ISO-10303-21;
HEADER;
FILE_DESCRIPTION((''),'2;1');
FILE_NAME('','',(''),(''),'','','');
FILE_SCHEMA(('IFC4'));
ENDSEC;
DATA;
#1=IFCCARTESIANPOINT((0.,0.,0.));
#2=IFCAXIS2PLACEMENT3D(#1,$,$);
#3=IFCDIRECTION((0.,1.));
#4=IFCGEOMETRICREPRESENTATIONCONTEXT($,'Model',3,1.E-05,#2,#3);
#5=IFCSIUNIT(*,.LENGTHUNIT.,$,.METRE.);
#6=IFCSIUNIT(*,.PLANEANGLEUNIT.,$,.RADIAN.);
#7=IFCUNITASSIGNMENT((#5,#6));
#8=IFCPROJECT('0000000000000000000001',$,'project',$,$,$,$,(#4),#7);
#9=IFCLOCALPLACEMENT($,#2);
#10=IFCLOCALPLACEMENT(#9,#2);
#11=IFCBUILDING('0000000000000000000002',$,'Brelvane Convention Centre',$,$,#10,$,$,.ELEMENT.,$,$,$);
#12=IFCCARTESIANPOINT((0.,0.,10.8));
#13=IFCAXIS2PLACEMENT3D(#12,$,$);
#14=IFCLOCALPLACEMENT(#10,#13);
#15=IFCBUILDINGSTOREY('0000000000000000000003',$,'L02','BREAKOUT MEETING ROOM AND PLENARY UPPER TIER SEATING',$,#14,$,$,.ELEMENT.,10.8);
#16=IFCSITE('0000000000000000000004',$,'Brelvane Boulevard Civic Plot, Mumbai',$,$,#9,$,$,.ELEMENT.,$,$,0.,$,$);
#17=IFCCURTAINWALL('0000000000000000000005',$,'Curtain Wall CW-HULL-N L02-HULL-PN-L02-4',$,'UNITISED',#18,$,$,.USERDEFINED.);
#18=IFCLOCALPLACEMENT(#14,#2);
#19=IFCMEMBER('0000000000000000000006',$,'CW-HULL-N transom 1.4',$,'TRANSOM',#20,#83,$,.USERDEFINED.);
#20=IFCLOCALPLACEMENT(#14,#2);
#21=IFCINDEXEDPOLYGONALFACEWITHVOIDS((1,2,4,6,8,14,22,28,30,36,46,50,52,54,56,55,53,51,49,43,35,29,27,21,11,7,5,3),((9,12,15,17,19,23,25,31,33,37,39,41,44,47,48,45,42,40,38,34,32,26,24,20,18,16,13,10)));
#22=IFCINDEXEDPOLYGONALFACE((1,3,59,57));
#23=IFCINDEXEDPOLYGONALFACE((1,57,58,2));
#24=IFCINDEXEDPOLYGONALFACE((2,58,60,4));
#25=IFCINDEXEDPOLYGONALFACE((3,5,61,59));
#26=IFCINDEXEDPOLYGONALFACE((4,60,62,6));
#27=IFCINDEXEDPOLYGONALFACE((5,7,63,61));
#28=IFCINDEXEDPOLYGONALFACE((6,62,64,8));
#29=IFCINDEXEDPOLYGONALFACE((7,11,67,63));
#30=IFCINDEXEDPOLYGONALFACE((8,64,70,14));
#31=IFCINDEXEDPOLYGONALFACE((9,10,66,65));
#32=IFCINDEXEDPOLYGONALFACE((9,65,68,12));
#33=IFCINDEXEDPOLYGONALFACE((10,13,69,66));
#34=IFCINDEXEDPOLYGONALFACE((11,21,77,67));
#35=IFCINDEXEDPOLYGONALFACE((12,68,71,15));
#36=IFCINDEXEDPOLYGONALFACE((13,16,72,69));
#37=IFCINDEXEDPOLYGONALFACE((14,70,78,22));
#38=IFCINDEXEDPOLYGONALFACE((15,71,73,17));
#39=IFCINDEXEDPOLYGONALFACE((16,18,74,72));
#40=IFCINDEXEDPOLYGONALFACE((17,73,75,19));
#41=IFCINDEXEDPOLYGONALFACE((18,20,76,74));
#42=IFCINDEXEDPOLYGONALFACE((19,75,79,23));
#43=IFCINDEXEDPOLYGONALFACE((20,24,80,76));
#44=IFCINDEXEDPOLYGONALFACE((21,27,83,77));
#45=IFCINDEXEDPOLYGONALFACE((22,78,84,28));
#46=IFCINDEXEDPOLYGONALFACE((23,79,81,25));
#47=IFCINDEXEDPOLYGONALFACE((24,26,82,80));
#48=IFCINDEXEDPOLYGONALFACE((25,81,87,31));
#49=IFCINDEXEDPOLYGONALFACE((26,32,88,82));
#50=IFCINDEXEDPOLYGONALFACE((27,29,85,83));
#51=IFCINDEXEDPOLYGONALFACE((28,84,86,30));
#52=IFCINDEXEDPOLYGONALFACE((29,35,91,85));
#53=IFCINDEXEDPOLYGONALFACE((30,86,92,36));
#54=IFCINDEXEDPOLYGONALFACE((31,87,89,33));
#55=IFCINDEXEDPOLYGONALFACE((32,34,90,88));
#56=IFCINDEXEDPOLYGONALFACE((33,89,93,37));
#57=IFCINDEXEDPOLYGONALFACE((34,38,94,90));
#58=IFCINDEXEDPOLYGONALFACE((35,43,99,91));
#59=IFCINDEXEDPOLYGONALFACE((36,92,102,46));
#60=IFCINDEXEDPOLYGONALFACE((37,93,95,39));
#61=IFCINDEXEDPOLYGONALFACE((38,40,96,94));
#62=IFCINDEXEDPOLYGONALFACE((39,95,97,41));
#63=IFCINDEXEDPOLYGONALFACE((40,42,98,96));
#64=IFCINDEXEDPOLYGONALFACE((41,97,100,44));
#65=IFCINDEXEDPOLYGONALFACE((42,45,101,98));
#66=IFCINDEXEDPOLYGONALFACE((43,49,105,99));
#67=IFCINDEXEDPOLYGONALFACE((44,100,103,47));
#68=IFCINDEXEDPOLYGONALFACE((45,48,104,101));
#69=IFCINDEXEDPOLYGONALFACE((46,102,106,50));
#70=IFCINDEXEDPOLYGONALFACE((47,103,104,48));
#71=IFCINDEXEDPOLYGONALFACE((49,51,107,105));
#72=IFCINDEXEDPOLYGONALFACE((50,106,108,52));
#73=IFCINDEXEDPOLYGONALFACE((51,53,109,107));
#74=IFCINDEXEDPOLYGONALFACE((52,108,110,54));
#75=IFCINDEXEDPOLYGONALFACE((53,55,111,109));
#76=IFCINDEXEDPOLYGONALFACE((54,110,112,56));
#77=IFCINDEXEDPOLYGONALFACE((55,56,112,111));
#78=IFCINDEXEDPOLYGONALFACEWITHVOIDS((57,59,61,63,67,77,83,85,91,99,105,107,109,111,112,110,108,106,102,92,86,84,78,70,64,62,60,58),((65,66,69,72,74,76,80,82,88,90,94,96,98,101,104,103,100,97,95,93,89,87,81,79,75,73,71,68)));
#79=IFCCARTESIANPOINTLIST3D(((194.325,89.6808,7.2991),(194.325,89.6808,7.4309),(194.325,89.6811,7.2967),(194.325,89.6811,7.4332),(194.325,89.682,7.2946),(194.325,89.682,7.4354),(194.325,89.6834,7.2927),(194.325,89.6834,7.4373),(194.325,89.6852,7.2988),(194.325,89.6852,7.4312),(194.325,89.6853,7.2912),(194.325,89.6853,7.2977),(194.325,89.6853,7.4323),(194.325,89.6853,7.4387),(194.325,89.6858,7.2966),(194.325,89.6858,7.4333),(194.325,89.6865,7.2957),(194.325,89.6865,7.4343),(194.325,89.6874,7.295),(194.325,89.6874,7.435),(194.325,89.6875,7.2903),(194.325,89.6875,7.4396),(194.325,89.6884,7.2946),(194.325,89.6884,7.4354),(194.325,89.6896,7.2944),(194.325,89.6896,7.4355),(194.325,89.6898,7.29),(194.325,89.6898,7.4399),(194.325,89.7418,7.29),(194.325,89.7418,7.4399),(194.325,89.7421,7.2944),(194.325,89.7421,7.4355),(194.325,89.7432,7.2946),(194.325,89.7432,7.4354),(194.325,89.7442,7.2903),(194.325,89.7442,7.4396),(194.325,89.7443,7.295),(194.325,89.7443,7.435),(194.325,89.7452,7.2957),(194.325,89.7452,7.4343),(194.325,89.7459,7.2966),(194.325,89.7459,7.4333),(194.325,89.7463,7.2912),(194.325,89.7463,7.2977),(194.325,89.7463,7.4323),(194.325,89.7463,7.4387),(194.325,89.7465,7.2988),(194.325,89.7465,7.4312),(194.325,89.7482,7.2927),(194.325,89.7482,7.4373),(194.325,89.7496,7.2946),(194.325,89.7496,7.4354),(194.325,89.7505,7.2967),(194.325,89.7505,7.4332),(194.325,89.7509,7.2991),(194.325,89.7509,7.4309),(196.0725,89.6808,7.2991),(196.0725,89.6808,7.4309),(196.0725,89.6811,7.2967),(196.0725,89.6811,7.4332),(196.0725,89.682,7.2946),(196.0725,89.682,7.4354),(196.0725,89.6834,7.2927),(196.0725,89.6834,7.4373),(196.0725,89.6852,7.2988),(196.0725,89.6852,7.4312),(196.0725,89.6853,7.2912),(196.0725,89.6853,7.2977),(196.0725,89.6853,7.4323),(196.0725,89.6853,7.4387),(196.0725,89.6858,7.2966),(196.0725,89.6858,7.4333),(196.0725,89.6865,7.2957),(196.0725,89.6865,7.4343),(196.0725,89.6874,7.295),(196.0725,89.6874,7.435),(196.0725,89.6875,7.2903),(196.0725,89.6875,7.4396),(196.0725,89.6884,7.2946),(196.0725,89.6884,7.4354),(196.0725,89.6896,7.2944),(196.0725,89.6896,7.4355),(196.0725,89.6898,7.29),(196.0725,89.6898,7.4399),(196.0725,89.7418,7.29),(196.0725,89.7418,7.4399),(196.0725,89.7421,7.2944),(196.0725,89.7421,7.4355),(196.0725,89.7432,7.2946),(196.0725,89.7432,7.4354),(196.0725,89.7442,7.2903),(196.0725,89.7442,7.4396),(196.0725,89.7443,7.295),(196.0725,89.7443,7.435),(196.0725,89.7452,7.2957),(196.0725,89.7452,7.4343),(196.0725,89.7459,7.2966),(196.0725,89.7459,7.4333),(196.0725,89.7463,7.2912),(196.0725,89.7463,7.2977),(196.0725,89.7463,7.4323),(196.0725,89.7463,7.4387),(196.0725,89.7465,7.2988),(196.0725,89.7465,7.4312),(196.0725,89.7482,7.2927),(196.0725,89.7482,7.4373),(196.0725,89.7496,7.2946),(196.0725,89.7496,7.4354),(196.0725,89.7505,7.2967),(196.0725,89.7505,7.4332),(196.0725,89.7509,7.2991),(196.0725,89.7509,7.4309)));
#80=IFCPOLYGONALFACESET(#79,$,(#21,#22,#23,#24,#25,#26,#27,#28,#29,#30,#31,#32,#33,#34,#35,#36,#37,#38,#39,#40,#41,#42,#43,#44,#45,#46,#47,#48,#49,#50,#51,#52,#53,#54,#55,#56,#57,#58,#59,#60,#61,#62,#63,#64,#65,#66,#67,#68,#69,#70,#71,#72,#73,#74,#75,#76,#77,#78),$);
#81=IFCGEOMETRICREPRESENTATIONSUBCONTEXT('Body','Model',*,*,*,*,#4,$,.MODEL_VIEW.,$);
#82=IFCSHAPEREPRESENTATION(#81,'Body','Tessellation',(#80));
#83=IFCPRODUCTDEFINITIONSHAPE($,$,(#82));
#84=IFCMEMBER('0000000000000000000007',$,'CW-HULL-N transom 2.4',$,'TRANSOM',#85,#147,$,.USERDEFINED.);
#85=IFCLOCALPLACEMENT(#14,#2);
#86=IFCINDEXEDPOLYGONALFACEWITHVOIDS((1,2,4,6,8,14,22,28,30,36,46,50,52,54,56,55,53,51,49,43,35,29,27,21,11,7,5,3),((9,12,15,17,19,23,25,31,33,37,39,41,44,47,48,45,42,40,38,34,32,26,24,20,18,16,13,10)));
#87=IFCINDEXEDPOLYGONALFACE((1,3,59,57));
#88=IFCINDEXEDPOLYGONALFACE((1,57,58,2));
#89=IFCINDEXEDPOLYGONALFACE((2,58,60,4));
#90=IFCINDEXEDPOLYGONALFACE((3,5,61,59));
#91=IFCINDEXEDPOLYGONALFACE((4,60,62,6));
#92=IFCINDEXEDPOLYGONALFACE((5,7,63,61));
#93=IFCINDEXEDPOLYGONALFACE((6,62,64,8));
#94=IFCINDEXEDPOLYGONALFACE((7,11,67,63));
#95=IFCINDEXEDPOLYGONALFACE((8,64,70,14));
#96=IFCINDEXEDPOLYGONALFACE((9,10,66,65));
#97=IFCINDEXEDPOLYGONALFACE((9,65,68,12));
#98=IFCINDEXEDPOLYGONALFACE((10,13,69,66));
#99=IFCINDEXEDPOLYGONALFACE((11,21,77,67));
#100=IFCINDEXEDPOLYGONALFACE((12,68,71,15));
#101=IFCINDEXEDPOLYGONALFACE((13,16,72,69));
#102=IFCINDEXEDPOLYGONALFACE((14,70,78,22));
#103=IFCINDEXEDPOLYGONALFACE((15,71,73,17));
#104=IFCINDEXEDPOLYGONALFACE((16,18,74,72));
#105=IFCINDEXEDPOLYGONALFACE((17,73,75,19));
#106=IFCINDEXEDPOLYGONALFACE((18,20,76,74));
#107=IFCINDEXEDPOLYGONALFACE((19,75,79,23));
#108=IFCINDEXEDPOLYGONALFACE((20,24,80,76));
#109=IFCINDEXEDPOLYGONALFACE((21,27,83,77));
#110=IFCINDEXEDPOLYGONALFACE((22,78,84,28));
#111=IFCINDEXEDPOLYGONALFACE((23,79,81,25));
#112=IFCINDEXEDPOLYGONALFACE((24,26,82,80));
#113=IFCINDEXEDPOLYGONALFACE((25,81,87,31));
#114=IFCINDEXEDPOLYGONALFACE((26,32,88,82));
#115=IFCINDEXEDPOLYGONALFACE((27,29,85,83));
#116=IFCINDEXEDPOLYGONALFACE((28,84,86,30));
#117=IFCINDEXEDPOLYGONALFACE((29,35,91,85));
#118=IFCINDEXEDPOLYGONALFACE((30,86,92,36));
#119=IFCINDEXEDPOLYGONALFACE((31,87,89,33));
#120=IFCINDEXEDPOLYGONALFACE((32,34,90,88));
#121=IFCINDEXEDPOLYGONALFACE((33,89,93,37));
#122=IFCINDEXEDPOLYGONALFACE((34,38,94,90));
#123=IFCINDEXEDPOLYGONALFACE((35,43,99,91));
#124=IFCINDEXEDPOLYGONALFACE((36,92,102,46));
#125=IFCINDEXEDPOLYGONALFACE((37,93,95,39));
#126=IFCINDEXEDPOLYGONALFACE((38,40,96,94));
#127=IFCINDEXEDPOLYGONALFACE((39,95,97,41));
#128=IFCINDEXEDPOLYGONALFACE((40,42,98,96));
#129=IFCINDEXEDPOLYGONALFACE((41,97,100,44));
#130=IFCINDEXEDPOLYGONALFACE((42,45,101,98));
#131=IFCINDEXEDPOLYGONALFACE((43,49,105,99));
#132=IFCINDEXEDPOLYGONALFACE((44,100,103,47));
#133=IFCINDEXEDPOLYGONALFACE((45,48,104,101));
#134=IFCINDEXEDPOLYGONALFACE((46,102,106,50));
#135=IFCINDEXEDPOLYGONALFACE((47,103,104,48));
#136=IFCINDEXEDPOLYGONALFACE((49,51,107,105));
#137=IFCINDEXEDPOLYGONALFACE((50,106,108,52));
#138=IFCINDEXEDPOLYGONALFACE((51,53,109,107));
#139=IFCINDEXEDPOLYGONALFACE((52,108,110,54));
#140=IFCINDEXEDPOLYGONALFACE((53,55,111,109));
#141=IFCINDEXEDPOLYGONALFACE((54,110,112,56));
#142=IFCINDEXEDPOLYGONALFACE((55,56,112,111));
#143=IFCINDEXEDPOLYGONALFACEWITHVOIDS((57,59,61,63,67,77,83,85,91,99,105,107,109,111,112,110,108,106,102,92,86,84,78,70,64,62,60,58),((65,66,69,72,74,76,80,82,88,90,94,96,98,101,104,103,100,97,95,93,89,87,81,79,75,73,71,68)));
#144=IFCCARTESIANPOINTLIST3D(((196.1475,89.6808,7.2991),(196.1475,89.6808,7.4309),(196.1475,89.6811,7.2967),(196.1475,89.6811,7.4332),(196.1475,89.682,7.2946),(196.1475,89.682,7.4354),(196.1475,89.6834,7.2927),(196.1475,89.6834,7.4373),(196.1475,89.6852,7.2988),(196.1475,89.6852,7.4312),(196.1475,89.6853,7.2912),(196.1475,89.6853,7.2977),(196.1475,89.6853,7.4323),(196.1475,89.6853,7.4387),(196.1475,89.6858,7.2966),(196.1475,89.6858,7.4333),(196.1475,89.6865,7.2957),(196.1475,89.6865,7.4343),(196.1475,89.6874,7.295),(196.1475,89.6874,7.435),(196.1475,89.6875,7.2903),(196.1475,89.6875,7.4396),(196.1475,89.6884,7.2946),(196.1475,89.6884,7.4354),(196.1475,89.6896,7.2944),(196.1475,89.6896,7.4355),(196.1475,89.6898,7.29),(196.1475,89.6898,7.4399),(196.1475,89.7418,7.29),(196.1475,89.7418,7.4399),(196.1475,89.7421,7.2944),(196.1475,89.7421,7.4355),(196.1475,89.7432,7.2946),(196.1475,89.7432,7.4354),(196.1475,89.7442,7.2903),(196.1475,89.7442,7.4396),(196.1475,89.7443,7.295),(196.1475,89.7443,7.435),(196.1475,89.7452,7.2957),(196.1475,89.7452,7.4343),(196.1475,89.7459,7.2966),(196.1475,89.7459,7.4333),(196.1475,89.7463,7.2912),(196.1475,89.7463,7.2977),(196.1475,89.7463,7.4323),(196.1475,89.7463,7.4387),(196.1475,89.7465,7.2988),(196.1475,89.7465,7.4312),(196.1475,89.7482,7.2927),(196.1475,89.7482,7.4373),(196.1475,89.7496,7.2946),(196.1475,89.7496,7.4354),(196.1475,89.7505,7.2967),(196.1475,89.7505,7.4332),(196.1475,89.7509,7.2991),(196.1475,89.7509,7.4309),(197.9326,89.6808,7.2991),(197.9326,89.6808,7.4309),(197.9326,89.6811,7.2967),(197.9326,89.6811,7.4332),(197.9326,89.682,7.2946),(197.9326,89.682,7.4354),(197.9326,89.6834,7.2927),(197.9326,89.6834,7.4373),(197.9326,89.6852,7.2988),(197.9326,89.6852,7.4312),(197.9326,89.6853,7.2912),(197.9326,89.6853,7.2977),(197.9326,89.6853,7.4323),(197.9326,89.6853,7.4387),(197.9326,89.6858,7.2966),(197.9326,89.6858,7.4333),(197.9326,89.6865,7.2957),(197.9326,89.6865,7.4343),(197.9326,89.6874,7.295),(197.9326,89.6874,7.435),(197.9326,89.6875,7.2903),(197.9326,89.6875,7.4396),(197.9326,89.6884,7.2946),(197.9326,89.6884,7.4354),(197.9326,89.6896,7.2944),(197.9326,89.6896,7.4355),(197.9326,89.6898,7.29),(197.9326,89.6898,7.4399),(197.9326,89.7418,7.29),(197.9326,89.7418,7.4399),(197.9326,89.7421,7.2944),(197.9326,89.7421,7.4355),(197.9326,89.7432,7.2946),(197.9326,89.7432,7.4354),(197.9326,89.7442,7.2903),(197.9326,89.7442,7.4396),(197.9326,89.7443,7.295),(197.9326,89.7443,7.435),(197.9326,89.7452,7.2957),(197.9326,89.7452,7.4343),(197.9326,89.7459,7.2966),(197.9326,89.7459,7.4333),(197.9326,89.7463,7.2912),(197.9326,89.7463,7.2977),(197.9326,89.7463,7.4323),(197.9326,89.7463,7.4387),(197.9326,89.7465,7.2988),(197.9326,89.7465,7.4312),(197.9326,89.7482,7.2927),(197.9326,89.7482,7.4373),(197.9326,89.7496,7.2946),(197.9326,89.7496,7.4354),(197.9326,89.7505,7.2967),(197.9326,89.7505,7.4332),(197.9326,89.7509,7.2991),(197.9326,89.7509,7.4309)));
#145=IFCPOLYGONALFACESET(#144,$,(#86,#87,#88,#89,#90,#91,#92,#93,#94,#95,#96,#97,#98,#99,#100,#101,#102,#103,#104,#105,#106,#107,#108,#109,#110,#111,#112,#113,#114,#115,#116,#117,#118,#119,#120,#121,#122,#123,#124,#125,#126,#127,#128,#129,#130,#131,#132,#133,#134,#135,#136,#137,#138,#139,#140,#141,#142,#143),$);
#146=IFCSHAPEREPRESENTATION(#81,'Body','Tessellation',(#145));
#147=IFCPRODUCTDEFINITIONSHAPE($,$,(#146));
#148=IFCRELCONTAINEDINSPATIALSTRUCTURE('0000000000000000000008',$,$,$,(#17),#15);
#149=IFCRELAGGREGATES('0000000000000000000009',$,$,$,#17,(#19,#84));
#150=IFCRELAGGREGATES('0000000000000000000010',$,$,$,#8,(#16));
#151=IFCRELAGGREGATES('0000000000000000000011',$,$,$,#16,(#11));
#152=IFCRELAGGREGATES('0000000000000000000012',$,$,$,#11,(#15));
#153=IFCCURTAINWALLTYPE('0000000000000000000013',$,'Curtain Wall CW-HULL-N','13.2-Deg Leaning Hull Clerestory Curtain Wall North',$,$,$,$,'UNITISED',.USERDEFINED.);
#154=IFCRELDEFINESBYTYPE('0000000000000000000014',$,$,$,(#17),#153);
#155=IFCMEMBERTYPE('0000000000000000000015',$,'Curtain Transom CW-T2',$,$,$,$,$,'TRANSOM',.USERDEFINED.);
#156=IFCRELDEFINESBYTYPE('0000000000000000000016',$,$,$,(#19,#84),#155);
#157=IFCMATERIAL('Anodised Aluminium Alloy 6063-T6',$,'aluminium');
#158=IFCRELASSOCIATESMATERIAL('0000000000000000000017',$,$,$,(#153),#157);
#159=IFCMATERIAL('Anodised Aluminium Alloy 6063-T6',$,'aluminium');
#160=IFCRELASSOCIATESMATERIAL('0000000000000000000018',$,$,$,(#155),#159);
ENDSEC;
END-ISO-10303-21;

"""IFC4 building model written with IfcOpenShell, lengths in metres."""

from ifc_helpers import new_model, si_unit, direction, frame, origin, origin_2d, place, context, subcontext, project, spatial, hollow_rectangle, extrude, material, material_profile, profile_set, type_object, element, aggregate, save


model = new_model("IFC4")

# Units and contexts
model_context = context("Model", 3, precision=1e-05, world=origin(), true_north=direction((0.0, 1.0)))
body_context = subcontext(model_context, "Body", "Model", "MODEL_VIEW")
ifc_project = project(units=[si_unit("LENGTHUNIT", "METRE"), si_unit("PLANEANGLEUNIT", "RADIAN")], contexts=[model_context])

# Site, building, storey
site_placement = place(None, origin())
site = spatial("IfcSite", under=ifc_project, at=site_placement, Name="Brelvane Boulevard Civic Plot, Mumbai", CompositionType="ELEMENT", RefElevation=0.0)
building_placement = place(site_placement, origin())
building = spatial("IfcBuilding", under=site, at=building_placement, Name="Brelvane Convention Centre", CompositionType="ELEMENT")
storey_placement = place(building_placement, frame((0.0, 0.0, 10.8)))
storey = spatial("IfcBuildingStorey", under=building, at=storey_placement, Name="L02", Description="BREAKOUT MEETING ROOM AND PLENARY UPPER TIER SEATING", CompositionType="ELEMENT", Elevation=10.8)

# Curtain wall, members
ifc_material_1 = material(Name="Anodised Aluminium Alloy 6063-T6", Category="aluminium")
curtain_wall_type = type_object("IfcCurtainWallType", Name="Curtain Wall CW-HULL-N", Description="13.2-Deg Leaning Hull Clerestory Curtain Wall North", ElementType="UNITISED", PredefinedType="USERDEFINED", material=ifc_material_1)
ifc_material_2 = material(Name="Anodised Aluminium Alloy 6063-T6", Category="aluminium")
ifc_material_profile_1 = material_profile(ifc_material_2, hollow_rectangle(XDim=0.0701, YDim=0.1499, WallThickness=0.0044, InnerFilletRadius=0.0044, OuterFilletRadius=0.009, at=origin_2d()), Name="ALU-T 150x70x4.5")
ifc_profile_set_1 = profile_set([ifc_material_profile_1], Name="Anodised Aluminium Alloy 6063-T6")
member_type = type_object("IfcMemberType", Name="Curtain Transom CW-T2", ElementType="TRANSOM", PredefinedType="USERDEFINED", material=ifc_profile_set_1)
curtain_wall_1_placement = place(storey_placement, origin())
curtain_wall_1 = element("IfcCurtainWall", 1, at=curtain_wall_1_placement, inside=storey, type_object=curtain_wall_type, Name="Curtain Wall CW-HULL-N L02-HULL-PN-L02-4", ObjectType="UNITISED", PredefinedType="USERDEFINED")
member_1_placement = place(storey_placement, frame((194.325, 89.7158, 7.365), z_axis=(1.0, 0.0, 0.0), x_axis=(0.0, 1.0, 0.0)))
member_1 = element("IfcMember", 2, at=member_1_placement, type_object=member_type, Name="CW-HULL-N transom 1.4", ObjectType="TRANSOM", PredefinedType="USERDEFINED", context=body_context, shape_type="SweptSolid", body=[
    extrude(hollow_rectangle(XDim=0.0701, YDim=0.1499, WallThickness=0.0044, InnerFilletRadius=0.0044, OuterFilletRadius=0.009, at=origin_2d()), origin(), (0.0, 0.0, 1.0), 1.7476),
])
member_2_placement = place(storey_placement, frame((196.1475, 89.7158, 7.365), z_axis=(1.0, 0.0, 0.0), x_axis=(0.0, 1.0, 0.0)))
member_2 = element("IfcMember", 3, at=member_2_placement, type_object=member_type, Name="CW-HULL-N transom 2.4", ObjectType="TRANSOM", PredefinedType="USERDEFINED", context=body_context, shape_type="SweptSolid", body=[
    extrude(hollow_rectangle(XDim=0.0701, YDim=0.1499, WallThickness=0.0044, InnerFilletRadius=0.0044, OuterFilletRadius=0.009, at=origin_2d()), origin(), (0.0, 0.0, 1.0), 1.7852),
])

aggregate(curtain_wall_1, [member_1, member_2])

save(model, "model.ifc")
